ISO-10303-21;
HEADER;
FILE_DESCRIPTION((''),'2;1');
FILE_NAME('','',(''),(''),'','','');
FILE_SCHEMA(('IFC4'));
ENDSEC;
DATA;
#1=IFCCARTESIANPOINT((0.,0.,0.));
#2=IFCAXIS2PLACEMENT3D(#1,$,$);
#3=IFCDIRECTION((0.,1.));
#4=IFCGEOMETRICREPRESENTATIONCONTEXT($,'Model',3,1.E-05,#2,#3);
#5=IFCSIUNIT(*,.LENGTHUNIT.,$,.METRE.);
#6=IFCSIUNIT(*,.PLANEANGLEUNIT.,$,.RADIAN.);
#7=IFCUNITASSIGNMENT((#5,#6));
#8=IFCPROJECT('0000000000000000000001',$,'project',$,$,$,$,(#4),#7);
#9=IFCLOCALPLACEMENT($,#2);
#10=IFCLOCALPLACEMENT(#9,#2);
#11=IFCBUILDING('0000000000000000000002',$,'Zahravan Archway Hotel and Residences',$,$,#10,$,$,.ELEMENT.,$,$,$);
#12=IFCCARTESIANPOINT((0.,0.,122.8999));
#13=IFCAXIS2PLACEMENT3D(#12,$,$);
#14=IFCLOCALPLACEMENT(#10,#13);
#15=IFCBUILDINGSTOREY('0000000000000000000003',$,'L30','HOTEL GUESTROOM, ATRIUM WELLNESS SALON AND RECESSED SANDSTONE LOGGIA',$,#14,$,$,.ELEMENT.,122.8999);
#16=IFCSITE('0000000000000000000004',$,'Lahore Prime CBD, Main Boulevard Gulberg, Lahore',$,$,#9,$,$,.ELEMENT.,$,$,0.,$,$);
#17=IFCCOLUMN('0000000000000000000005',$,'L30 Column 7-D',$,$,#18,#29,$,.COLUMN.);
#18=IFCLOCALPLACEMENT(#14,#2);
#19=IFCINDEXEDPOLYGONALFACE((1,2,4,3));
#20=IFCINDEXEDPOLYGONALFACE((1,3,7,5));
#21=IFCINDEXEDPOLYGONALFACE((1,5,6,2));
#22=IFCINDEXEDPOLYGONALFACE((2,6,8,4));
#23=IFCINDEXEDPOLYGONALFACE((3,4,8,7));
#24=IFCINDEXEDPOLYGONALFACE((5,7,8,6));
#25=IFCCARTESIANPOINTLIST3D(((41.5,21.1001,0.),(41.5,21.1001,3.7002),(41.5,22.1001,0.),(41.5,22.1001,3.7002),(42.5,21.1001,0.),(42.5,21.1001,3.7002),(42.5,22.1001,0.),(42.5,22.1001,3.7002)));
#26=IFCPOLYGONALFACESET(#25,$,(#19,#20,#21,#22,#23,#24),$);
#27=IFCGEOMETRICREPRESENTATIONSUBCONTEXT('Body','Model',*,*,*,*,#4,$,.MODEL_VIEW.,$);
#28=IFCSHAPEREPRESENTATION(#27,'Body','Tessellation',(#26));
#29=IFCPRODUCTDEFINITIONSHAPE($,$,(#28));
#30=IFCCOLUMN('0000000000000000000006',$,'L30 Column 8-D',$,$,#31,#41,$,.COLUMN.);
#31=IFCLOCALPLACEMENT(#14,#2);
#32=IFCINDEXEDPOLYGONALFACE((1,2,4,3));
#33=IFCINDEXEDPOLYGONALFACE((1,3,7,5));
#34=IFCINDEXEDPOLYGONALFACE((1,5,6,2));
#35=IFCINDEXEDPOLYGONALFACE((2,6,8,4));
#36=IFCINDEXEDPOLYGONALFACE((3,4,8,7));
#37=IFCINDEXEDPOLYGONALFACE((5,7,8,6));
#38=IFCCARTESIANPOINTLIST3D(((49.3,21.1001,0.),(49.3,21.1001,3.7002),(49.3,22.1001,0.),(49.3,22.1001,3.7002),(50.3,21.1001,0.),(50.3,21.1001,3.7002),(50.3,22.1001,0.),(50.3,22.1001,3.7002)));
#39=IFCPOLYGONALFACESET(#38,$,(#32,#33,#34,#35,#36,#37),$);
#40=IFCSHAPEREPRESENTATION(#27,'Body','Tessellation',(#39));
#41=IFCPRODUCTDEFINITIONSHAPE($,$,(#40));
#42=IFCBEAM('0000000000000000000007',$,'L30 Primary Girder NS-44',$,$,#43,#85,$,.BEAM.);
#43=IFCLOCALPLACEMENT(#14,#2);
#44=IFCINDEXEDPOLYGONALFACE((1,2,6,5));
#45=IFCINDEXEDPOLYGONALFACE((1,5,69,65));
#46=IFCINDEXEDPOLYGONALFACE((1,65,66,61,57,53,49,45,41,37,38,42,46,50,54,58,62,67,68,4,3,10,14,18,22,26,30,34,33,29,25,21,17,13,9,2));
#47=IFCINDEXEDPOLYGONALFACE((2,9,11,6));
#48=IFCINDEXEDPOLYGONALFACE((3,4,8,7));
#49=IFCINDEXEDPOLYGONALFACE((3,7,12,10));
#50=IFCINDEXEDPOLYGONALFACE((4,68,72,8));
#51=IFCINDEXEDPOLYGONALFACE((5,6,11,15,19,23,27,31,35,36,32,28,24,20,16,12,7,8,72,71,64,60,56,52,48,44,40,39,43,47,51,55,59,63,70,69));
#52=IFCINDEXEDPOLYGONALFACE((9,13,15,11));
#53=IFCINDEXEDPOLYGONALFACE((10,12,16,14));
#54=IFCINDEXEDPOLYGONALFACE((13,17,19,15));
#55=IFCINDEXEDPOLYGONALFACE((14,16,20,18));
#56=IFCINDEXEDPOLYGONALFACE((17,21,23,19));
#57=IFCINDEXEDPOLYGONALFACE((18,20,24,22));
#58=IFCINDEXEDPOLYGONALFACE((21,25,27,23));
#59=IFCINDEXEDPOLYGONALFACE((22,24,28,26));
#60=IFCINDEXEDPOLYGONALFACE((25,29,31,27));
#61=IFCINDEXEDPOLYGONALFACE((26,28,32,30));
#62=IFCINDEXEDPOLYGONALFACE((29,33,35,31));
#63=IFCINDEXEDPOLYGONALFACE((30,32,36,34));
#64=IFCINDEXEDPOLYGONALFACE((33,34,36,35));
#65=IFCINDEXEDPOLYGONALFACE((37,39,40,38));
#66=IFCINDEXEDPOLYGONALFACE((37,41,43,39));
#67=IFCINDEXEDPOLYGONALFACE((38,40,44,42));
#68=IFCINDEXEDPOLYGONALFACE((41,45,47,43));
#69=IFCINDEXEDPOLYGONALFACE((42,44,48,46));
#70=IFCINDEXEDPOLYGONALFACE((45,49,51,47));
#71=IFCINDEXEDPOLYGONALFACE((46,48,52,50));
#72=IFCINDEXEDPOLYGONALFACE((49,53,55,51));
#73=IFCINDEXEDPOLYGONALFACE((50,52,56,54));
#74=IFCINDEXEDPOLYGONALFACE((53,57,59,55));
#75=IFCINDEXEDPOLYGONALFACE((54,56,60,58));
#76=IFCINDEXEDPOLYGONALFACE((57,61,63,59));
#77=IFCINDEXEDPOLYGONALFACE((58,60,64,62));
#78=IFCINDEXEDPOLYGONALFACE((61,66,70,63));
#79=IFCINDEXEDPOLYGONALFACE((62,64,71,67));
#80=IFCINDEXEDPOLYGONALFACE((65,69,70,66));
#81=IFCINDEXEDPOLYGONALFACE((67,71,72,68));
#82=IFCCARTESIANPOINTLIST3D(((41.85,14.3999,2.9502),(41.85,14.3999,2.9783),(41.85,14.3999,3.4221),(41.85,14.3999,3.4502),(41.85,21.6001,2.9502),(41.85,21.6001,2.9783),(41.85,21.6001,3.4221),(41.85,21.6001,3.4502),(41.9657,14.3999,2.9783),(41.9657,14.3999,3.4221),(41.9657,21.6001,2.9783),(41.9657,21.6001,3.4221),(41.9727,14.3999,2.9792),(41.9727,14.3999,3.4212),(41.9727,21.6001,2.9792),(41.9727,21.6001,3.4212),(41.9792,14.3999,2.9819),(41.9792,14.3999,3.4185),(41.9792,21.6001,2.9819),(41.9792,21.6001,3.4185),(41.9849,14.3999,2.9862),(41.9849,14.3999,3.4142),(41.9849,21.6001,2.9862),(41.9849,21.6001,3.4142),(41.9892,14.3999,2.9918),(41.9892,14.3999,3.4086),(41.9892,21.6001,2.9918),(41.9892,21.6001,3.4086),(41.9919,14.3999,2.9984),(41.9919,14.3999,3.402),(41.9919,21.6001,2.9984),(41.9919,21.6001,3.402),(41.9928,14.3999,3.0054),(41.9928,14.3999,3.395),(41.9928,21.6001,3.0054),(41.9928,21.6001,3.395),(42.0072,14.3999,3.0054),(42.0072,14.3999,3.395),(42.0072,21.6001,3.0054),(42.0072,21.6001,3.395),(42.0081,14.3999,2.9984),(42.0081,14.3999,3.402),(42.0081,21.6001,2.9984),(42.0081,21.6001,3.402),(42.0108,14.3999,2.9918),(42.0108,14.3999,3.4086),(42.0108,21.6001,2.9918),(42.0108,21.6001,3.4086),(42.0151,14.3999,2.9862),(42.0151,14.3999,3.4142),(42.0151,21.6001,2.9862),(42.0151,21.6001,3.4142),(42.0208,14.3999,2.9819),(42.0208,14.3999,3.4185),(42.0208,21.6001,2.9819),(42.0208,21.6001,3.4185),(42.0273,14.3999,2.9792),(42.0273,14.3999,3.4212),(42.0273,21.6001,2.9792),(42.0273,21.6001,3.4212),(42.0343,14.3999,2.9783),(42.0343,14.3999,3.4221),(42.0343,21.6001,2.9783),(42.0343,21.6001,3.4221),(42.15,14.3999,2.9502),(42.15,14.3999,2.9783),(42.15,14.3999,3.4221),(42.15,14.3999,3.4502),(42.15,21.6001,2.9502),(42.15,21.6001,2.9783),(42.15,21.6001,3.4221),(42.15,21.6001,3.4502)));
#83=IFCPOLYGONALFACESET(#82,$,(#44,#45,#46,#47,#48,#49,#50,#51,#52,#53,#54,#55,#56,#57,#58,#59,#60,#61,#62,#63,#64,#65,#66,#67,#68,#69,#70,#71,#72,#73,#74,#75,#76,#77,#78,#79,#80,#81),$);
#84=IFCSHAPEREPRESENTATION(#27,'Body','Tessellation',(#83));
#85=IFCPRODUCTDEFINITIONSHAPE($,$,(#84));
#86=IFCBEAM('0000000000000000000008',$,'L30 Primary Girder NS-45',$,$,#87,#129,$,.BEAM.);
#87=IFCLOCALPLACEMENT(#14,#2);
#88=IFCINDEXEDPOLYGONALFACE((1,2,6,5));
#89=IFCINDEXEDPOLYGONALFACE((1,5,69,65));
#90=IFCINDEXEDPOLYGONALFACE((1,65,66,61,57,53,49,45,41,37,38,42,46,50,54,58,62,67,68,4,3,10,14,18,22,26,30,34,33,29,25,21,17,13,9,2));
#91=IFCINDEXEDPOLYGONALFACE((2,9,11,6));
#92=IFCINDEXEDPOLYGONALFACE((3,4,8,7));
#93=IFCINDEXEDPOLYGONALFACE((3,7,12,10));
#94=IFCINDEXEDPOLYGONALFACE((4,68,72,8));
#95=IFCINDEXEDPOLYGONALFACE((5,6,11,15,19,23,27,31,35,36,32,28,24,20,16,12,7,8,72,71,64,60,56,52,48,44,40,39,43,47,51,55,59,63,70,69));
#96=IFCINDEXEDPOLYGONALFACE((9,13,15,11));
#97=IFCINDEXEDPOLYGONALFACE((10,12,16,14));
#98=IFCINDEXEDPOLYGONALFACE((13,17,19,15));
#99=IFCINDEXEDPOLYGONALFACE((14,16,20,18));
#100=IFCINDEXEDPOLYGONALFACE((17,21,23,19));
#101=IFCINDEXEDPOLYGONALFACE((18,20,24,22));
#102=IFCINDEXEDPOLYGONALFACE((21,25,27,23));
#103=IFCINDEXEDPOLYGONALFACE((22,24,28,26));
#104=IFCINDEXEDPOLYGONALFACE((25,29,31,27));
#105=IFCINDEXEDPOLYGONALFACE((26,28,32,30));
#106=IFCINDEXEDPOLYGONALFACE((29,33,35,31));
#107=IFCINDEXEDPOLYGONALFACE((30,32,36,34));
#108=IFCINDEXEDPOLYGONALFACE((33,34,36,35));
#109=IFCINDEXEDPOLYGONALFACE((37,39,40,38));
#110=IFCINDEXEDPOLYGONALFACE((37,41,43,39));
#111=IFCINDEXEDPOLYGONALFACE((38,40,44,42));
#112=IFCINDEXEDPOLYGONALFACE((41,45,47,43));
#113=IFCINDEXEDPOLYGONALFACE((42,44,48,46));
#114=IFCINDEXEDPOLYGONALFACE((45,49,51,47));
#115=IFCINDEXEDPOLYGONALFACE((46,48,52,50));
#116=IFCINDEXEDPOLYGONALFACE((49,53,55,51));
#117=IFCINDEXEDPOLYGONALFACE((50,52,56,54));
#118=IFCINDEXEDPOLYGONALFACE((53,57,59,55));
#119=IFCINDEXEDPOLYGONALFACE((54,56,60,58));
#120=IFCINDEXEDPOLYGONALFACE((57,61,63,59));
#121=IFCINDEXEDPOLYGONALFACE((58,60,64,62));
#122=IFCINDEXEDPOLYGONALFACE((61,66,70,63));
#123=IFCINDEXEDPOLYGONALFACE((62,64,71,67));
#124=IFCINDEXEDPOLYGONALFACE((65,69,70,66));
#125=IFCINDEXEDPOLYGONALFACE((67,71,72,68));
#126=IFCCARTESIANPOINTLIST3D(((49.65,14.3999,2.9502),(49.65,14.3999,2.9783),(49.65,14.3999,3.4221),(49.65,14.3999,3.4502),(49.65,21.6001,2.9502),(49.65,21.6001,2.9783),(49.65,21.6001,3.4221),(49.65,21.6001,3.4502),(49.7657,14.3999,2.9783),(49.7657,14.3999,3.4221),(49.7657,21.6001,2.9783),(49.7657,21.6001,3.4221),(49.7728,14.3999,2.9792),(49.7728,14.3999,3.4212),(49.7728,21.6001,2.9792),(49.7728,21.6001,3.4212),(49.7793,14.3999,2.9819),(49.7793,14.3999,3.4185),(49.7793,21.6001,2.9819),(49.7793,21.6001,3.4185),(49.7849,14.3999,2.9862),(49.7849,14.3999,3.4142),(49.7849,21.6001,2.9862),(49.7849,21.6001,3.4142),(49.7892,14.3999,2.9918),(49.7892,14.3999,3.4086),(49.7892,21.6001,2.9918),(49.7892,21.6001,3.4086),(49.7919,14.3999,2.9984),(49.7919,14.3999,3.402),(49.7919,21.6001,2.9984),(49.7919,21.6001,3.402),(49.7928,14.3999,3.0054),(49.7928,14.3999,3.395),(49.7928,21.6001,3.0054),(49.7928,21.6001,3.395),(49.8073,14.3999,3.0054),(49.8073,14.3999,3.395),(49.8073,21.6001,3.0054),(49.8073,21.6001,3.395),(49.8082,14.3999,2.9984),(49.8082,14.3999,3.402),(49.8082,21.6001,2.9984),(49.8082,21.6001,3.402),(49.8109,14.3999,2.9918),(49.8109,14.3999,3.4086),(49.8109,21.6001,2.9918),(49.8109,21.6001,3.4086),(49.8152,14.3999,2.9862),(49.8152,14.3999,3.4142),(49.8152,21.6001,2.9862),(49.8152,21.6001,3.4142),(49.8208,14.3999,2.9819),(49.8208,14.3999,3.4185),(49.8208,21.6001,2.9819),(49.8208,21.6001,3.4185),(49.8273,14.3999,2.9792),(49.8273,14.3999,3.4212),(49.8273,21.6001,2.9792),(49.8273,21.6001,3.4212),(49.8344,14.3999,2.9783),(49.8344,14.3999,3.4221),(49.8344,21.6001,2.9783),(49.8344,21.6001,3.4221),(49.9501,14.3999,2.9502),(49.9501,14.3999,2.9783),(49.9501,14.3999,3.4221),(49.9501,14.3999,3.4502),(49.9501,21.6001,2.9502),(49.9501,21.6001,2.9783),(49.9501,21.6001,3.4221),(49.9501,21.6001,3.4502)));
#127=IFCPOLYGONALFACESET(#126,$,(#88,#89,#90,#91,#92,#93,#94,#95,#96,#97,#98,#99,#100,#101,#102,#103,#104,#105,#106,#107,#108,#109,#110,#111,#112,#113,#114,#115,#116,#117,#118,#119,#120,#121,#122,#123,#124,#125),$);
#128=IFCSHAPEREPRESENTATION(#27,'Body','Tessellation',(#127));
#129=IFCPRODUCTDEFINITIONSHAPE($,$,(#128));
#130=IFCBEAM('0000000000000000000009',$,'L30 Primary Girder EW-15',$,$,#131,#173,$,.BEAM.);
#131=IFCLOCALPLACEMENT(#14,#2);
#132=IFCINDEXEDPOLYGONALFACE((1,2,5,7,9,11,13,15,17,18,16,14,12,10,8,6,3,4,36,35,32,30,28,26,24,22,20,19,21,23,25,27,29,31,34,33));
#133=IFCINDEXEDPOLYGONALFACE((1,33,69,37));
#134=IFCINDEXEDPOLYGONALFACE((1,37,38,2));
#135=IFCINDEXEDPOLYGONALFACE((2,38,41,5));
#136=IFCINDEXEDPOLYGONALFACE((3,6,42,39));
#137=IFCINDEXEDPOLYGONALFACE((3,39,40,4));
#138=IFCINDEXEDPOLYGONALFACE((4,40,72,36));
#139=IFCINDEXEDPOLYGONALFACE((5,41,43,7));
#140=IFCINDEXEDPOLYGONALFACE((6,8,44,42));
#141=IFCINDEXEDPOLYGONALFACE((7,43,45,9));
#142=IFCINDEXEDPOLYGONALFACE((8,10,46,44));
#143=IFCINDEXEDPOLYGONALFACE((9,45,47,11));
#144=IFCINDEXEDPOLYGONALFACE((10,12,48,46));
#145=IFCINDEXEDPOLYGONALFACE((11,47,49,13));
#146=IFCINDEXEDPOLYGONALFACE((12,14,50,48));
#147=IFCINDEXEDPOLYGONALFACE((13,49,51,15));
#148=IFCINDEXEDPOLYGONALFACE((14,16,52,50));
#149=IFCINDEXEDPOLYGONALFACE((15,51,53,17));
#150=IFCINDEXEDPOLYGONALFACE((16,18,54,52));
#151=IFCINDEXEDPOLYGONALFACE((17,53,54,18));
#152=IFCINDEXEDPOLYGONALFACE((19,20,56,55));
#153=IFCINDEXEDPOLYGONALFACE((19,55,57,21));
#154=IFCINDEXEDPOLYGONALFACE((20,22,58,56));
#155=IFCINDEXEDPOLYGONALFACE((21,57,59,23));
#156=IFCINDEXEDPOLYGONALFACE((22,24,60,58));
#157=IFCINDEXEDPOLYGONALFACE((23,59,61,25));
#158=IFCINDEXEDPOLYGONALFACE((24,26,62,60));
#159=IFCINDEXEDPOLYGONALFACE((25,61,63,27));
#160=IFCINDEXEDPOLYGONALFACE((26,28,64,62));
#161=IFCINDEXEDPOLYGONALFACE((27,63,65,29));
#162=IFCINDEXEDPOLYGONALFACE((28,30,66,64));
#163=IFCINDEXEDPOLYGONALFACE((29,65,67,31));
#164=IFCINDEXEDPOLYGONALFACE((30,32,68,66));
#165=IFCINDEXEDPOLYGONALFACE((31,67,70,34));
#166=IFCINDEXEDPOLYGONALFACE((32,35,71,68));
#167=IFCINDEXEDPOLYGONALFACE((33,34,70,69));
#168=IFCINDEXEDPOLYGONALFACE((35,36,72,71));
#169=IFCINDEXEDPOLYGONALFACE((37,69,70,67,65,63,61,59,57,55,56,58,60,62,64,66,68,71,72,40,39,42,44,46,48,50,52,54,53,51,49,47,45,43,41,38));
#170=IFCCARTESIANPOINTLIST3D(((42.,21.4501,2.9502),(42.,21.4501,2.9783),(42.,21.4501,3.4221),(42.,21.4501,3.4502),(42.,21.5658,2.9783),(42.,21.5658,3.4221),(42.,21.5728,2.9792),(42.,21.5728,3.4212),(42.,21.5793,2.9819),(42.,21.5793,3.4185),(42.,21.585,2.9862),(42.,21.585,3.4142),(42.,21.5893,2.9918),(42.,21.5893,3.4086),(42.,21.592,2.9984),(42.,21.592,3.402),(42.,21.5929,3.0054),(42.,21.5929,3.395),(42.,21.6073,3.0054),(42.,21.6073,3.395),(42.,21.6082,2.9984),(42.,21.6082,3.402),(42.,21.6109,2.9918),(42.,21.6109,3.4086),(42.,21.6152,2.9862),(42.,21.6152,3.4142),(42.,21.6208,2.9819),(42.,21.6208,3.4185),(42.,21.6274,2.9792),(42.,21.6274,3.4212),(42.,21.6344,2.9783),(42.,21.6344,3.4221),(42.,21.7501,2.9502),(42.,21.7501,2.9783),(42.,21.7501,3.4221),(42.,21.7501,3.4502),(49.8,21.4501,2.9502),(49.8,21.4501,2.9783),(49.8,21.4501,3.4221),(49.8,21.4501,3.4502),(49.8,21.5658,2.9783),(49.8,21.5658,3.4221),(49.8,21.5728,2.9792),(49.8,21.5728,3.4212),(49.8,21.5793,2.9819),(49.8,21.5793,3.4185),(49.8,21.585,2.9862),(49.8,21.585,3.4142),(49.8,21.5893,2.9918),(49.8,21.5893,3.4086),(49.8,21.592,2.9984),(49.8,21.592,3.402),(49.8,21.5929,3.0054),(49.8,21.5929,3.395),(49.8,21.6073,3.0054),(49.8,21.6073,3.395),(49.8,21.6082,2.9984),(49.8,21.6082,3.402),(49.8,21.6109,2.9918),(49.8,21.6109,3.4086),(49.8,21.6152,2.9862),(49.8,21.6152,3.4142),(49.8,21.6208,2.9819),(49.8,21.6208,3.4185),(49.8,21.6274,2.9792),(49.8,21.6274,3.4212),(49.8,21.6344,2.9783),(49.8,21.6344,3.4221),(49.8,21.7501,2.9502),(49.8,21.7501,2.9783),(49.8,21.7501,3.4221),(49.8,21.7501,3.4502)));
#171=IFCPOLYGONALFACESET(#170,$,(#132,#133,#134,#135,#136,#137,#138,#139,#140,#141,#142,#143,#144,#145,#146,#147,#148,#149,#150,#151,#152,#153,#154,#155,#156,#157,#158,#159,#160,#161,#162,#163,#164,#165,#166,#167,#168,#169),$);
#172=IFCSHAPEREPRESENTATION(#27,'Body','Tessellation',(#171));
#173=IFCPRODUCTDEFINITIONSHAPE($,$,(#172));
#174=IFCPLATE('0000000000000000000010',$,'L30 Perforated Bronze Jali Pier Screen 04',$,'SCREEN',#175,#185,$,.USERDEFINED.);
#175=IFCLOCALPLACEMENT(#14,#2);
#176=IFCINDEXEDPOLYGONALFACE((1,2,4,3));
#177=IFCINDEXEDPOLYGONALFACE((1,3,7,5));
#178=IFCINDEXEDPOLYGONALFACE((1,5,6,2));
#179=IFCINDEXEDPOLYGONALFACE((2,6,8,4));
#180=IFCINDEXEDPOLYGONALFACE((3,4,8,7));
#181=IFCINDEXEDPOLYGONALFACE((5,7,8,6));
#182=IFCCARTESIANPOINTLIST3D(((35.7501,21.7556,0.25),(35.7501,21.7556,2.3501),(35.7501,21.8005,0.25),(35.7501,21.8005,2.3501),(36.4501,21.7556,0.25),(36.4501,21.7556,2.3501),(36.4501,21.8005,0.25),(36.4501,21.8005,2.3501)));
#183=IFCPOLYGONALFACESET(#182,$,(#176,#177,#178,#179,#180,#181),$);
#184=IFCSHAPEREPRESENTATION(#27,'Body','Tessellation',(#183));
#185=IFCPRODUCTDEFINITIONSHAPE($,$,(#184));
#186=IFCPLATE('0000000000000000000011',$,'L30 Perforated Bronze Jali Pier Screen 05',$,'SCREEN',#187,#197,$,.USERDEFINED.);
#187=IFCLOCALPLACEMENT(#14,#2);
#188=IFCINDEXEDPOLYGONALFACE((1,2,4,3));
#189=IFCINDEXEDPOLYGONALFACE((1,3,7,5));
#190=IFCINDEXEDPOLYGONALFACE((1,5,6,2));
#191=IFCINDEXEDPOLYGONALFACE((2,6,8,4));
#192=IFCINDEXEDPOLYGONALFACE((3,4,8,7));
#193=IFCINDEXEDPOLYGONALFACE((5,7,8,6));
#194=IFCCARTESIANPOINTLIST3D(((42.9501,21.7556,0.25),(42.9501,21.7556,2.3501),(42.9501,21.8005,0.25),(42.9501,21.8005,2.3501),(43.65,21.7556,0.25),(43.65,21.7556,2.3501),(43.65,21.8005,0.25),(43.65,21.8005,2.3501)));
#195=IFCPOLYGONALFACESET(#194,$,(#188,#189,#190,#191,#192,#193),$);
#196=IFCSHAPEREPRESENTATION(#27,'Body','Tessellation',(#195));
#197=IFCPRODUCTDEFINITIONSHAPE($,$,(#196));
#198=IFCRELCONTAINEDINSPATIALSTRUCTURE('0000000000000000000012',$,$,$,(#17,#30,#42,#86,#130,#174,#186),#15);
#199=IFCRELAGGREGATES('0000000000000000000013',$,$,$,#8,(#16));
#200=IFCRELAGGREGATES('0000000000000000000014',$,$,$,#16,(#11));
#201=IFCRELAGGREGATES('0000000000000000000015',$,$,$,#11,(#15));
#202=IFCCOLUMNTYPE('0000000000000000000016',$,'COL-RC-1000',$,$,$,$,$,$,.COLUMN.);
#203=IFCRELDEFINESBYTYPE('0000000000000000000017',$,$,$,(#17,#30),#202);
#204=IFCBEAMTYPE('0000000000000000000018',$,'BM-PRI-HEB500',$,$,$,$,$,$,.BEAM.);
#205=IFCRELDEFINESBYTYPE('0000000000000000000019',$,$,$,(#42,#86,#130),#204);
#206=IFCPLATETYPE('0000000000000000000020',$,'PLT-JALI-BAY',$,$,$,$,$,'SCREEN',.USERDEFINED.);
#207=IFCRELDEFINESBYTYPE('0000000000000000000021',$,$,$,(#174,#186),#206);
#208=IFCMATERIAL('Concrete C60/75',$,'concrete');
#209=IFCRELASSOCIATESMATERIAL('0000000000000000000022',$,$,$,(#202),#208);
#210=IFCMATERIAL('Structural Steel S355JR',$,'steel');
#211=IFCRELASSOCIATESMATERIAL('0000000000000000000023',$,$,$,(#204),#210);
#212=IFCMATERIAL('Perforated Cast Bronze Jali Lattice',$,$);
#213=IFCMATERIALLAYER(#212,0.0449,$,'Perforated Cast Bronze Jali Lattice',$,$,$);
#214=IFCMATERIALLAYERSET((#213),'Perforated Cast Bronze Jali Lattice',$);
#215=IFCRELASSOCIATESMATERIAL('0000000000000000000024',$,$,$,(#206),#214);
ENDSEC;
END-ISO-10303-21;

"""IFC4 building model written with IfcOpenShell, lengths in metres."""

from ifc_helpers import new_model, si_unit, direction, frame, origin, origin_2d, place, context, subcontext, project, spatial, rectangle, i_section, extrude, source, transform, mapped, material, layer, layer_set, material_profile, profile_set, type_object, type_shapes, element, save


model = new_model("IFC4")

# Units and contexts
model_context = context("Model", 3, precision=1e-05, world=origin(), true_north=direction((0.0, 1.0)))
body_context = subcontext(model_context, "Body", "Model", "MODEL_VIEW")
ifc_project = project(units=[si_unit("LENGTHUNIT", "METRE"), si_unit("PLANEANGLEUNIT", "RADIAN")], contexts=[model_context])

# Site, building, storey
site_placement = place(None, origin())
site = spatial("IfcSite", under=ifc_project, at=site_placement, Name="Lahore Prime CBD, Main Boulevard Gulberg, Lahore", CompositionType="ELEMENT", RefElevation=0.0)
building_placement = place(site_placement, origin())
building = spatial("IfcBuilding", under=site, at=building_placement, Name="Zahravan Archway Hotel and Residences", CompositionType="ELEMENT")
storey_placement = place(building_placement, frame((0.0, 0.0, 122.8999)))
storey = spatial("IfcBuildingStorey", under=building, at=storey_placement, Name="L30", Description="HOTEL GUESTROOM, ATRIUM WELLNESS SALON AND RECESSED SANDSTONE LOGGIA", CompositionType="ELEMENT", Elevation=122.8999)

# Columns
ifc_material_1 = material(Name="Concrete C60/75", Category="concrete")
ifc_material_profile_1 = material_profile(ifc_material_1, rectangle(XDim=1.0, YDim=1.0, at=origin_2d()), Name="RC-COL-1000x1000", Category="concrete")
ifc_profile_set_1 = profile_set([ifc_material_profile_1], Name="Concrete C60/75")
column_type = type_object("IfcColumnType", Name="COL-RC-1000", PredefinedType="COLUMN", material=ifc_profile_set_1)
shared_shape_1 = source(origin(), body_context, "Body", "SweptSolid", [
    extrude(rectangle(XDim=1.0, YDim=1.0, at=origin_2d()), origin(), (0.0, 0.0, 1.0), 3.7002),
])
for number, where, z_axis, x_axis, name in (
    (1, (42.0, 21.6001, 0.0), (0.0, 0.0, 1.0), (1.0, 0.0, 0.0), "L30 Column 7-D"),
    (2, (49.8, 21.6001, 0.0), (0.0, 0.0, 1.0), (1.0, 0.0, 0.0), "L30 Column 8-D"),
):
    element("IfcColumn", number, at=place(storey_placement, frame(where, z_axis=z_axis, x_axis=x_axis)), inside=storey, type_object=column_type, Name=name, PredefinedType="COLUMN", context=body_context, shape_type="MappedRepresentation", body=[
        mapped(shared_shape_1, transform((0.0, 0.0, 0.0), scale=1.0)),
    ])

# Beams
ifc_material_2 = material(Name="Structural Steel S355JR", Category="steel")
ifc_material_profile_2 = material_profile(ifc_material_2, i_section(OverallWidth=0.3, OverallDepth=0.5, WebThickness=0.0144, FlangeThickness=0.0281, FilletRadius=0.0271, at=origin_2d()), Name="HEB 500", Category="steel")
ifc_profile_set_2 = profile_set([ifc_material_profile_2], Name="Structural Steel S355JR")
beam_type = type_object("IfcBeamType", Name="BM-PRI-HEB500", PredefinedType="BEAM", material=ifc_profile_set_2)
shared_shape_2 = source(origin(), body_context, "Body", "SweptSolid", [
    extrude(i_section(OverallWidth=0.3, OverallDepth=0.5, WebThickness=0.0144, FlangeThickness=0.0281, FilletRadius=0.0271, at=origin_2d()), origin(), (0.0, 0.0, 1.0), 7.2002),
])
type_shapes(beam_type, [shared_shape_2])
for number, where, z_axis, x_axis, name in (
    (3, (42.0, 14.3999, 3.2002), (0.0, 1.0, 0.0), (-1.0, 0.0, 0.0), "L30 Primary Girder NS-44"),
    (4, (49.8, 14.3999, 3.2002), (0.0, 1.0, 0.0), (-1.0, 0.0, 0.0), "L30 Primary Girder NS-45"),
):
    element("IfcBeam", number, at=place(storey_placement, frame(where, z_axis=z_axis, x_axis=x_axis)), inside=storey, type_object=beam_type, Name=name, PredefinedType="BEAM", context=body_context, shape_type="MappedRepresentation", body=[
        mapped(shared_shape_2, transform((0.0, 0.0, 0.0), scale=1.0)),
    ])
shared_shape_3 = source(origin(), body_context, "Body", "SweptSolid", [
    extrude(i_section(OverallWidth=0.3, OverallDepth=0.5, WebThickness=0.0144, FlangeThickness=0.0281, FilletRadius=0.0271, at=origin_2d()), origin(), (0.0, 0.0, 1.0), 7.8),
])
beam_placement = place(storey_placement, frame((42.0, 21.6001, 3.2002), z_axis=(1.0, 0.0, 0.0), x_axis=(0.0, 1.0, 0.0)))
element("IfcBeam", 5, at=beam_placement, inside=storey, type_object=beam_type, Name="L30 Primary Girder EW-15", PredefinedType="BEAM", context=body_context, shape_type="MappedRepresentation", body=[
    mapped(shared_shape_3, transform((0.0, 0.0, 0.0), scale=1.0)),
])

# Plates
ifc_material_3 = material(Name="Perforated Cast Bronze Jali Lattice")
ifc_layer_1 = layer(ifc_material_3, 0.0449, Name="Perforated Cast Bronze Jali Lattice")
ifc_layer_set_1 = layer_set([ifc_layer_1], Name="Perforated Cast Bronze Jali Lattice")
plate_type = type_object("IfcPlateType", Name="PLT-JALI-BAY", ElementType="SCREEN", PredefinedType="USERDEFINED", material=ifc_layer_set_1)
shared_shape_4 = source(origin(), body_context, "Body", "SweptSolid", [
    extrude(rectangle(XDim=0.7, YDim=0.0449, at=origin_2d()), origin(), (0.0, 0.0, 1.0), 2.1001),
])
type_shapes(plate_type, [shared_shape_4])
for number, where, z_axis, x_axis, name in (
    (6, (36.1001, 21.7781, 0.25), (0.0, 0.0, 1.0), (1.0, 0.0, 0.0), "L30 Perforated Bronze Jali Pier Screen 04"),
    (7, (43.3, 21.7781, 0.25), (0.0, 0.0, 1.0), (1.0, 0.0, 0.0), "L30 Perforated Bronze Jali Pier Screen 05"),
):
    element("IfcPlate", number, at=place(storey_placement, frame(where, z_axis=z_axis, x_axis=x_axis)), inside=storey, type_object=plate_type, Name=name, ObjectType="SCREEN", PredefinedType="USERDEFINED", context=body_context, shape_type="MappedRepresentation", body=[
        mapped(shared_shape_4, transform((0.0, 0.0, 0.0), scale=1.0)),
    ])

save(model, "model.ifc")
